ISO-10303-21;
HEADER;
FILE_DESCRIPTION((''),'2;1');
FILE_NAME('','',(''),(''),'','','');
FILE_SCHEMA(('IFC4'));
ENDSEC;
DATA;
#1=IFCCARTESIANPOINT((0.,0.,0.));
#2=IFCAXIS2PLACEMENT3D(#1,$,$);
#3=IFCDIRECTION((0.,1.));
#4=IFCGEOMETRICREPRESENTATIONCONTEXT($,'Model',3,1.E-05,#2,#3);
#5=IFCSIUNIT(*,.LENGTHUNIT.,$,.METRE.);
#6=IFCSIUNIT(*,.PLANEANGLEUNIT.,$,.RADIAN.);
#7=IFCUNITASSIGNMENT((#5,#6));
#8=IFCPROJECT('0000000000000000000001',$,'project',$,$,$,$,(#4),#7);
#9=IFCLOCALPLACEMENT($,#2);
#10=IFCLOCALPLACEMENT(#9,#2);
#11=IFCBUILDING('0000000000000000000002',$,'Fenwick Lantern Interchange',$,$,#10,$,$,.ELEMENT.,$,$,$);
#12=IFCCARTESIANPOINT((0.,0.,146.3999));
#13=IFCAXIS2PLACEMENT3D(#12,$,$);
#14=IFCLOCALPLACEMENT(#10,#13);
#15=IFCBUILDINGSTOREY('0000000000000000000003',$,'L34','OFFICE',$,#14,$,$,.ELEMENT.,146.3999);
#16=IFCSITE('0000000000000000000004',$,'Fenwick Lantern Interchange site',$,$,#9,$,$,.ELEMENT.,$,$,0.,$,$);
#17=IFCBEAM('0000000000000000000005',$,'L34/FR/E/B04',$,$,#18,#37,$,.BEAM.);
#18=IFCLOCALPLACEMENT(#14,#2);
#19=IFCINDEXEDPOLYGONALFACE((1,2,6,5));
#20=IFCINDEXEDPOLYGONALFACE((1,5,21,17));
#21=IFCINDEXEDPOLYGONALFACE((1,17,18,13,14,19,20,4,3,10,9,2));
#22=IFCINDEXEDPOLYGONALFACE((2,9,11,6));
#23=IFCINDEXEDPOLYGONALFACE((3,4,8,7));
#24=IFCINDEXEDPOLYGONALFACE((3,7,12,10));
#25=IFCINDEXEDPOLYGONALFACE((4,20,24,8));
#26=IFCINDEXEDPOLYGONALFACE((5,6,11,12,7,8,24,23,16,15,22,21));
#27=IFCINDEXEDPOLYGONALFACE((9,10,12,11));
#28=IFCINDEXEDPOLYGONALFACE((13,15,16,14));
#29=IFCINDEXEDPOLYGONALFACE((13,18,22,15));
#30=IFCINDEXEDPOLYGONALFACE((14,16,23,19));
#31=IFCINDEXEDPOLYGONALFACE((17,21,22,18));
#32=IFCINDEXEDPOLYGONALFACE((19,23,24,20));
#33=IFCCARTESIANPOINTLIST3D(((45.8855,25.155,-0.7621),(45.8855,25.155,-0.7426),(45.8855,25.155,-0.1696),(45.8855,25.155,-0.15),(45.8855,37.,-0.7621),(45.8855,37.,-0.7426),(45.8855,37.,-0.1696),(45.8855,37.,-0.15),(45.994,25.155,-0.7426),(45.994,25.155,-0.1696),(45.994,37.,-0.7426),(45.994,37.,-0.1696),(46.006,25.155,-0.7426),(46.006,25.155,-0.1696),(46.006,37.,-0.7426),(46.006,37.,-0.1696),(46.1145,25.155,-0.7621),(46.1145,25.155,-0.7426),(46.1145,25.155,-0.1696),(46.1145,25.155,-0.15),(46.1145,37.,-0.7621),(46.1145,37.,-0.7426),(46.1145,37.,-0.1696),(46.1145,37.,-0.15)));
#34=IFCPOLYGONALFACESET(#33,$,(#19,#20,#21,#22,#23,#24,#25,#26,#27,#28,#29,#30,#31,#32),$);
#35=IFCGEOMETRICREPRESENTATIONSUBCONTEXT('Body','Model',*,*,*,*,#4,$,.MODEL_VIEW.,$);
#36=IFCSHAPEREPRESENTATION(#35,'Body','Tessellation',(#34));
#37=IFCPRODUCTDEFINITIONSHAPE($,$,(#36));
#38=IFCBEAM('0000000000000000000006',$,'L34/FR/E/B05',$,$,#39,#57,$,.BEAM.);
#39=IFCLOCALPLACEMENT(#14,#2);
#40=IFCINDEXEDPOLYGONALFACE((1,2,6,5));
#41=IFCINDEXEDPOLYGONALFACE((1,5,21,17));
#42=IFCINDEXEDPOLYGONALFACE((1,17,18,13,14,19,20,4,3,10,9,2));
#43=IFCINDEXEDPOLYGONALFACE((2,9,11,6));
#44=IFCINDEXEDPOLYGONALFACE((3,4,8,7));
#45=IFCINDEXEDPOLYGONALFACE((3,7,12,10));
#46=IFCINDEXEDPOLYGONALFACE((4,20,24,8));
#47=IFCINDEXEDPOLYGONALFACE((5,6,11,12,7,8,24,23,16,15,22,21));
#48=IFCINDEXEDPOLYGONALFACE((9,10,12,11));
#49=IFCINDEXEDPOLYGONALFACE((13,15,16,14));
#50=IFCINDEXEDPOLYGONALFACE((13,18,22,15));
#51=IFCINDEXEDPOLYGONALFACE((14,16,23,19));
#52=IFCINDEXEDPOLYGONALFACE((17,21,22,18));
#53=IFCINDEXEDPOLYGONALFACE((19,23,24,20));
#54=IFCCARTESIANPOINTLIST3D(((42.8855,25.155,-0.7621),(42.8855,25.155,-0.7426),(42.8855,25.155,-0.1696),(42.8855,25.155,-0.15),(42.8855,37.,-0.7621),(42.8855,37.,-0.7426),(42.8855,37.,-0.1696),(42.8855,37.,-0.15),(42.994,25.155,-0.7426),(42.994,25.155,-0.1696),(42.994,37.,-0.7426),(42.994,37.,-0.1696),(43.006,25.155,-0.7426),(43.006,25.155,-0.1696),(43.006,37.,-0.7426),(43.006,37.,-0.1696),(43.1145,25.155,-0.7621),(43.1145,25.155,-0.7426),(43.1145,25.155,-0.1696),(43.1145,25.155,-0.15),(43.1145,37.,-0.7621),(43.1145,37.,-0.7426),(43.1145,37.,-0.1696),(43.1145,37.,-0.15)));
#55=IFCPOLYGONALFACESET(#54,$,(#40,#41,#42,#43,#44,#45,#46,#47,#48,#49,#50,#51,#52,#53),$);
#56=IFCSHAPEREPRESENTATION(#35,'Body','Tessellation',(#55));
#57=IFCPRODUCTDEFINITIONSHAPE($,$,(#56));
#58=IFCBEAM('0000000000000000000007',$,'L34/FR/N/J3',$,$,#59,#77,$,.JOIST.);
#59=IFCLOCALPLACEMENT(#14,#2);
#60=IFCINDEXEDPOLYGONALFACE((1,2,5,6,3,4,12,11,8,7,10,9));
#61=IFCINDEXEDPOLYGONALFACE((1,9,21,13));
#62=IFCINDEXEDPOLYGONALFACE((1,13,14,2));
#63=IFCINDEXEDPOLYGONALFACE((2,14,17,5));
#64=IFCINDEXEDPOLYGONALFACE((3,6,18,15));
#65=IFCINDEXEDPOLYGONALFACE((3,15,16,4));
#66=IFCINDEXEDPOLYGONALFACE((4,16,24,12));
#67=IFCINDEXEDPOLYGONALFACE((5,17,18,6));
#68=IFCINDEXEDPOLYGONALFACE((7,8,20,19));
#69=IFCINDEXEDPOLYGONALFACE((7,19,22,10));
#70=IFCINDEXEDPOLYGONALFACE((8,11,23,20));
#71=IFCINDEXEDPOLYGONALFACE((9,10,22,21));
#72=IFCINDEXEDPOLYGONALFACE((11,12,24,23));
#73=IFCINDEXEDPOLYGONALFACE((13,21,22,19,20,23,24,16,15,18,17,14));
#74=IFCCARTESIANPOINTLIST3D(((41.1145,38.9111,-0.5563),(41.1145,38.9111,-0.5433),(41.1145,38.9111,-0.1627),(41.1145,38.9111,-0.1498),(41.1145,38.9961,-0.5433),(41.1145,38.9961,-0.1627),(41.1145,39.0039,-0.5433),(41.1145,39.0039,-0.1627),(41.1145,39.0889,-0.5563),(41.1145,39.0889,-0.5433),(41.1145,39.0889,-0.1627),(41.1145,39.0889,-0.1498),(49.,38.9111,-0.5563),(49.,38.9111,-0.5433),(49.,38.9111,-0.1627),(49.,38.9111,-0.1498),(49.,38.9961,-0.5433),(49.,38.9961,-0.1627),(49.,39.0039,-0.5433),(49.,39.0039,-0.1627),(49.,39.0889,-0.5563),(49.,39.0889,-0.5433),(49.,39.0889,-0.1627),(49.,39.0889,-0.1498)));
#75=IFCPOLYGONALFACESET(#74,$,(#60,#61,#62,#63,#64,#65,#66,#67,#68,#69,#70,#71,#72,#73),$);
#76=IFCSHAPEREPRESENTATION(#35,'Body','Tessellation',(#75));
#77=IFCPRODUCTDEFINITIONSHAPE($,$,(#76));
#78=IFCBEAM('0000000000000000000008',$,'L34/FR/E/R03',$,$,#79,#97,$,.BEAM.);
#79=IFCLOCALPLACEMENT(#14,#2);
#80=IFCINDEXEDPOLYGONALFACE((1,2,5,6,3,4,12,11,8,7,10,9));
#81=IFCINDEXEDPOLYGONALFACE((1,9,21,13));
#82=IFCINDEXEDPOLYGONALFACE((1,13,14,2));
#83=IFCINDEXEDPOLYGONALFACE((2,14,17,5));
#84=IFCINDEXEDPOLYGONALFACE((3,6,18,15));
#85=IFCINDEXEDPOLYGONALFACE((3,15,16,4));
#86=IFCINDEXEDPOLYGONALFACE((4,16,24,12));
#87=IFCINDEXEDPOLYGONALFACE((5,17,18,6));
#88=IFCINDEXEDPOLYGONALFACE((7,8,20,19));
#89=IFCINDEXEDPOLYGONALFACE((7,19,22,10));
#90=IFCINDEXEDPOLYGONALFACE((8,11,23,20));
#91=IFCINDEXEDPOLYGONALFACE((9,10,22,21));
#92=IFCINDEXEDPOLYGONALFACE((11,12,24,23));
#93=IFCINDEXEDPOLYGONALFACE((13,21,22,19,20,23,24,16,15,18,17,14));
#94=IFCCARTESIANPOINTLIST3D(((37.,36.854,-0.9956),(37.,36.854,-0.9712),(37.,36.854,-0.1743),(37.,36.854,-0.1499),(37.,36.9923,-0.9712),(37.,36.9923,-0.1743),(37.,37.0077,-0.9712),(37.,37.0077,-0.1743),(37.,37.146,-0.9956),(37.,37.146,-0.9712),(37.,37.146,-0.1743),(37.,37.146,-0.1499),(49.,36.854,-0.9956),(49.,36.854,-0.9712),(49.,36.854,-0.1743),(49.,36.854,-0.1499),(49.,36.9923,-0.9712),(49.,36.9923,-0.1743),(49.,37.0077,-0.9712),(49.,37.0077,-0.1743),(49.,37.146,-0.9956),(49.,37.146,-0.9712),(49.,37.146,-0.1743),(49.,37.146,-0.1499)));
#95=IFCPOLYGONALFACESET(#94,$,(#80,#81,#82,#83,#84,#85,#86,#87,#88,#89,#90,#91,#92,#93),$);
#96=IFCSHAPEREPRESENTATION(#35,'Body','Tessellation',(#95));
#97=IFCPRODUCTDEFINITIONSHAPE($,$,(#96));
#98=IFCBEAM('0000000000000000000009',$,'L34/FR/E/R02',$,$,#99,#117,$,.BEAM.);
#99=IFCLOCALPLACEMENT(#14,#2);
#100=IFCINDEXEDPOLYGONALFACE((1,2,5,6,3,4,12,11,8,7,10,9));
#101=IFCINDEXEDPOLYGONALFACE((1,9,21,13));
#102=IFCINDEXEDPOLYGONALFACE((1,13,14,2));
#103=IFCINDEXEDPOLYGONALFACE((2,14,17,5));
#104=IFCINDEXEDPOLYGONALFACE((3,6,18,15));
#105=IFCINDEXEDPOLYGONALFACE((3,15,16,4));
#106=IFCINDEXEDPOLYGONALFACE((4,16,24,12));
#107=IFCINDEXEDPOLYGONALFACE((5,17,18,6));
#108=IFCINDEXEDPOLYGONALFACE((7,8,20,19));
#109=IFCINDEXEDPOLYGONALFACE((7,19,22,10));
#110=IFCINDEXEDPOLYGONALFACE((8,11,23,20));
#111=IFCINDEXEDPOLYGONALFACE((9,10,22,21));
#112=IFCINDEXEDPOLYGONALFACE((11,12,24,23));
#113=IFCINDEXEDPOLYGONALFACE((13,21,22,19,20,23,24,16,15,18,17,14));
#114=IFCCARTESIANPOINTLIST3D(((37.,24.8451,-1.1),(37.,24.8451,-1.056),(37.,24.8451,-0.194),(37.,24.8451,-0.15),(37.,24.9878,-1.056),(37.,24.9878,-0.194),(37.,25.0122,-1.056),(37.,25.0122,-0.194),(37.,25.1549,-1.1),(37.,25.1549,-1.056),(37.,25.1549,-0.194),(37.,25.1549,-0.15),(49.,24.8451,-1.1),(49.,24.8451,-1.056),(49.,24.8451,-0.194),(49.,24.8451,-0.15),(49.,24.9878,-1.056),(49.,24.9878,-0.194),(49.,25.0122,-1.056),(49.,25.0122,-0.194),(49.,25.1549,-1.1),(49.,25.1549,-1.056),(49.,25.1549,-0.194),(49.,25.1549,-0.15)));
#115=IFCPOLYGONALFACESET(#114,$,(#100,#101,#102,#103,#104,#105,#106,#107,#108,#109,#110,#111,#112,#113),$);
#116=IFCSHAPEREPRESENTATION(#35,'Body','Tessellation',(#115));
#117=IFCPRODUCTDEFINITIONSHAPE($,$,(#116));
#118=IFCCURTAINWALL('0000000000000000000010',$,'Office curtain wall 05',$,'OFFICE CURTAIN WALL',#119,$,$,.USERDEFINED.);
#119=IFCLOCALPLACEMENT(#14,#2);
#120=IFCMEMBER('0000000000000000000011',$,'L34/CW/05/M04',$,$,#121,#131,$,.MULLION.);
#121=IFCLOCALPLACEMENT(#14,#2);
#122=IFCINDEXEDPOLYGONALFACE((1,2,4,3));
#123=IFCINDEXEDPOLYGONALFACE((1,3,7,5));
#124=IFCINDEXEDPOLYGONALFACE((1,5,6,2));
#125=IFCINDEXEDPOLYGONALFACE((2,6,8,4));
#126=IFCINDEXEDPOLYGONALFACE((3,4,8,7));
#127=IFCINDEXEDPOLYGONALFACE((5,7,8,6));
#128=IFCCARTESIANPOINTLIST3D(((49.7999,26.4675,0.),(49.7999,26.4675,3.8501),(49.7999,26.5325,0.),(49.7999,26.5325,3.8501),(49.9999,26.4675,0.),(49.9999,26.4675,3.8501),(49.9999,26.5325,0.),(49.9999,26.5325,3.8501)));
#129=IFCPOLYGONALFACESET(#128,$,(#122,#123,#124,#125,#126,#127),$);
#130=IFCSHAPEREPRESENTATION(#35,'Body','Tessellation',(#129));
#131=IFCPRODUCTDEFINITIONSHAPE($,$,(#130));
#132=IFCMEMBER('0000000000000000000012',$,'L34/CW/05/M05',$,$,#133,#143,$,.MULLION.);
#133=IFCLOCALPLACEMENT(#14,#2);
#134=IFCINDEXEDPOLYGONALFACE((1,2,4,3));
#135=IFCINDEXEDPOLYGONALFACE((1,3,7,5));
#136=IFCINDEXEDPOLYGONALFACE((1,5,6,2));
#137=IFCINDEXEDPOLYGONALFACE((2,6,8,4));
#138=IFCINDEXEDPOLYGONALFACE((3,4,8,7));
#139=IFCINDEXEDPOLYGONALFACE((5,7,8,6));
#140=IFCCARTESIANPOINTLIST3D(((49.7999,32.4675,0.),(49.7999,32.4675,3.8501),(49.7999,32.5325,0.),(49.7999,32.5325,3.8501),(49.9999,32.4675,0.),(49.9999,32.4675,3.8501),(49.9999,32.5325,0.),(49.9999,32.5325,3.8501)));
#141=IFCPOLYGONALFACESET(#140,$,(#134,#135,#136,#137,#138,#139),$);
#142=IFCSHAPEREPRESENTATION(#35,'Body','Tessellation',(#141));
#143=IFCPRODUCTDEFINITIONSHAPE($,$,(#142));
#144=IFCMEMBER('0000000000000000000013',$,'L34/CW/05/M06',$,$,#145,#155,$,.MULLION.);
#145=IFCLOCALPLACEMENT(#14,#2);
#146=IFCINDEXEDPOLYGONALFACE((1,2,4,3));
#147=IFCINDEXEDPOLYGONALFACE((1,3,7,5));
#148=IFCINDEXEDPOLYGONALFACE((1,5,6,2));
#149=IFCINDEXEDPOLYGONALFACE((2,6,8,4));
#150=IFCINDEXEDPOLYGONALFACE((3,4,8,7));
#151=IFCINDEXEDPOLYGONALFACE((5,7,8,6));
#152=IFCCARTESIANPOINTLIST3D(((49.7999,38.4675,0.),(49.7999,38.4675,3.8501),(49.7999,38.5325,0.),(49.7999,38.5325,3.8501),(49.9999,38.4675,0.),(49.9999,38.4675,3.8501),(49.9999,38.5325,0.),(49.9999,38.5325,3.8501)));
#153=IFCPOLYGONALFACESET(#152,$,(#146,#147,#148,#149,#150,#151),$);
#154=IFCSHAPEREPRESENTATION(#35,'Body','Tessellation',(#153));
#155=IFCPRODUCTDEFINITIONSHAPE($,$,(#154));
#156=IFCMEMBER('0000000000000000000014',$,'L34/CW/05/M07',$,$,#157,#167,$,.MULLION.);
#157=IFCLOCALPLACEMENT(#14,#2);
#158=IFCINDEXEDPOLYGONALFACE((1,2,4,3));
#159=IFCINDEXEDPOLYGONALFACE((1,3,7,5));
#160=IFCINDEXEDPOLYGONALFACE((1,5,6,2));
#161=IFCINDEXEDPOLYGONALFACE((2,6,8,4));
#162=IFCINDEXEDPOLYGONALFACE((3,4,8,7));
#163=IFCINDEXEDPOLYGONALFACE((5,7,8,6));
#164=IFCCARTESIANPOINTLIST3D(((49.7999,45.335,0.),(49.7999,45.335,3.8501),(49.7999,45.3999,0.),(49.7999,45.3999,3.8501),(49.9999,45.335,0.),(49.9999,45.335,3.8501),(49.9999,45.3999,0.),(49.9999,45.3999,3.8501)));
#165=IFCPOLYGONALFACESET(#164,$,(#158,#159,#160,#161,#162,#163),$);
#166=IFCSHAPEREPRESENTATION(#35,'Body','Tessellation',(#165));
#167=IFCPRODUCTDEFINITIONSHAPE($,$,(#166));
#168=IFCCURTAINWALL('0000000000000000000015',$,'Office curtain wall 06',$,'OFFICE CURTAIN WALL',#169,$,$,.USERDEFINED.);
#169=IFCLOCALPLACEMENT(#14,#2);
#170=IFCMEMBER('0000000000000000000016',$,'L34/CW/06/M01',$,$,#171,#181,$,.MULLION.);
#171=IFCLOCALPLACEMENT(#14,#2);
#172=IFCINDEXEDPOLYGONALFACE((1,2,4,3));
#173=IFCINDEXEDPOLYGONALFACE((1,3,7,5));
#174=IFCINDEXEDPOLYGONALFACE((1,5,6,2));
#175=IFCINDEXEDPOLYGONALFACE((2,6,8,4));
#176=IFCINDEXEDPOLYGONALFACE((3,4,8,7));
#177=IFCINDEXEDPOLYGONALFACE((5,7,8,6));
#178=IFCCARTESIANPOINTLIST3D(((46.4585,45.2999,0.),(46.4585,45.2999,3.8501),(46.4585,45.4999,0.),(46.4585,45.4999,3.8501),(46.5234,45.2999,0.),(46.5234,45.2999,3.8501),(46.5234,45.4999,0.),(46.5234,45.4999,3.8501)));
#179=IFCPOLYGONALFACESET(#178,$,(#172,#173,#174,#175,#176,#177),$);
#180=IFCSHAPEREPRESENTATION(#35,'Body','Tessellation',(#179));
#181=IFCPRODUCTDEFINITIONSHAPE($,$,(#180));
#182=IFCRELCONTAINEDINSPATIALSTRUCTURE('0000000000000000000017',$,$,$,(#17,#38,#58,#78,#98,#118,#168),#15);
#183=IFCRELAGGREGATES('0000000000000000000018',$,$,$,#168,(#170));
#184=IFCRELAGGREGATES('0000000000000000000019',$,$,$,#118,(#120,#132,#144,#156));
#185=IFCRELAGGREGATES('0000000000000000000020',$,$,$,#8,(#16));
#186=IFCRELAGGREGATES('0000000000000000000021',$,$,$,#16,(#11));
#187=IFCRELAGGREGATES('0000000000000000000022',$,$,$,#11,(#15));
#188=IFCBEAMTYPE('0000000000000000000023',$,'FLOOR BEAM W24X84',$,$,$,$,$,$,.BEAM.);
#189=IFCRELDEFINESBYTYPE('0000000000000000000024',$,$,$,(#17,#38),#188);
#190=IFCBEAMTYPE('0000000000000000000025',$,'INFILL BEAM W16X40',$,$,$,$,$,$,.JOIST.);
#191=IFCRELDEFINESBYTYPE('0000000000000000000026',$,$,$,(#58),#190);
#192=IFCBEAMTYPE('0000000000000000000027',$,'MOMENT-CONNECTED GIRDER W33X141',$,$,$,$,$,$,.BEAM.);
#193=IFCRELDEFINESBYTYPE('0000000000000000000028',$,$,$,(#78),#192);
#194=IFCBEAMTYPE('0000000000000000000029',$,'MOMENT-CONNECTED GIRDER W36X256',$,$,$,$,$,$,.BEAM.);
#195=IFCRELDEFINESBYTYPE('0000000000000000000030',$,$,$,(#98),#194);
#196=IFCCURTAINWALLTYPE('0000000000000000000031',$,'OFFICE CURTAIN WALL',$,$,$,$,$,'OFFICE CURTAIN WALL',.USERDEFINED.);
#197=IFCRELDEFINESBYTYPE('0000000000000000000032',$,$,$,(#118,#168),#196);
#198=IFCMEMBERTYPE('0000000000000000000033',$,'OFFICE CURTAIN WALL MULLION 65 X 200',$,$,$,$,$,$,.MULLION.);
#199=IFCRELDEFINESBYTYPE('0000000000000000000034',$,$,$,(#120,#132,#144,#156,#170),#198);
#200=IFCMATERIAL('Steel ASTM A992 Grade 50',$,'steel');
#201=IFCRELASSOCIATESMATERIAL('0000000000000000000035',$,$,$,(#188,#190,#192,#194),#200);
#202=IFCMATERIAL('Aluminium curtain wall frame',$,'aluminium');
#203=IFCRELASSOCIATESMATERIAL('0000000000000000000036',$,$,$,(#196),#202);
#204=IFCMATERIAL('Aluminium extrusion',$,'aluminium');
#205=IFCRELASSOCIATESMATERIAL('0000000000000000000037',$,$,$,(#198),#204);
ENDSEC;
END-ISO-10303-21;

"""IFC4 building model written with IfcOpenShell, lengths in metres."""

from ifc_helpers import new_model, si_unit, direction, frame, origin, origin_2d, place, context, subcontext, project, spatial, rectangle, i_section, extrude, material, material_profile, profile_set, type_object, element, aggregate, save


model = new_model("IFC4")

# Units and contexts
model_context = context("Model", 3, precision=1e-05, world=origin(), true_north=direction((0.0, 1.0)))
body_context = subcontext(model_context, "Body", "Model", "MODEL_VIEW")
ifc_project = project(units=[si_unit("LENGTHUNIT", "METRE"), si_unit("PLANEANGLEUNIT", "RADIAN")], contexts=[model_context])

# Site, building, storey
site_placement = place(None, origin())
site = spatial("IfcSite", under=ifc_project, at=site_placement, Name="Fenwick Lantern Interchange site", CompositionType="ELEMENT", RefElevation=0.0)
building_placement = place(site_placement, origin())
building = spatial("IfcBuilding", under=site, at=building_placement, Name="Fenwick Lantern Interchange", CompositionType="ELEMENT")
storey_placement = place(building_placement, frame((0.0, 0.0, 146.3999)))
storey = spatial("IfcBuildingStorey", under=building, at=storey_placement, Name="L34", Description="OFFICE", CompositionType="ELEMENT", Elevation=146.3999)

# Shared definitions
ifc_material_1 = material(Name="Steel ASTM A992 Grade 50", Category="steel")

# Beams
ifc_material_profile_1 = material_profile(ifc_material_1, i_section(OverallWidth=0.229, OverallDepth=0.6121, WebThickness=0.012, FlangeThickness=0.0195, at=origin_2d()), Name="W24X84")
ifc_profile_set_1 = profile_set([ifc_material_profile_1], Name="Steel ASTM A992 Grade 50")
beam_type_1 = type_object("IfcBeamType", Name="FLOOR BEAM W24X84", PredefinedType="BEAM", material=ifc_profile_set_1)
for number, where, z_axis, x_axis, name in (
    (1, (46.0, 25.155, -0.4561), (0.0, 1.0, 0.0), (-1.0, 0.0, 0.0), "L34/FR/E/B04"),
    (2, (43.0, 25.155, -0.4561), (0.0, 1.0, 0.0), (-1.0, 0.0, 0.0), "L34/FR/E/B05"),
):
    element("IfcBeam", number, at=place(storey_placement, frame(where, z_axis=z_axis, x_axis=x_axis)), inside=storey, type_object=beam_type_1, Name=name, PredefinedType="BEAM", context=body_context, shape_type="SweptSolid", body=[
        extrude(i_section(OverallWidth=0.229, OverallDepth=0.6121, WebThickness=0.012, FlangeThickness=0.0195, at=origin_2d()), origin(), (0.0, 0.0, 1.0), 11.845),
    ])
ifc_material_profile_2 = material_profile(ifc_material_1, i_section(OverallWidth=0.1777, OverallDepth=0.4065, WebThickness=0.0078, FlangeThickness=0.0129, at=origin_2d()), Name="W16X40")
ifc_profile_set_2 = profile_set([ifc_material_profile_2], Name="Steel ASTM A992 Grade 50")
beam_type_2 = type_object("IfcBeamType", Name="INFILL BEAM W16X40", PredefinedType="JOIST", material=ifc_profile_set_2)
beam_1_placement = place(storey_placement, frame((49.0, 39.0, -0.353), z_axis=(-1.0, 0.0, 0.0), x_axis=(0.0, -1.0, 0.0)))
element("IfcBeam", 3, at=beam_1_placement, inside=storey, type_object=beam_type_2, Name="L34/FR/N/J3", PredefinedType="JOIST", context=body_context, shape_type="SweptSolid", body=[
    extrude(i_section(OverallWidth=0.1777, OverallDepth=0.4065, WebThickness=0.0078, FlangeThickness=0.0129, at=origin_2d()), origin(), (0.0, 0.0, 1.0), 7.8855),
])
ifc_material_profile_3 = material_profile(ifc_material_1, i_section(OverallWidth=0.292, OverallDepth=0.8457, WebThickness=0.0154, FlangeThickness=0.0244, at=origin_2d()), Name="W33X141")
ifc_profile_set_3 = profile_set([ifc_material_profile_3], Name="Steel ASTM A992 Grade 50")
beam_type_3 = type_object("IfcBeamType", Name="MOMENT-CONNECTED GIRDER W33X141", PredefinedType="BEAM", material=ifc_profile_set_3)
beam_2_placement = place(storey_placement, frame((49.0, 37.0, -0.5728), z_axis=(-1.0, 0.0, 0.0), x_axis=(0.0, -1.0, 0.0)))
element("IfcBeam", 4, at=beam_2_placement, inside=storey, type_object=beam_type_3, Name="L34/FR/E/R03", PredefinedType="BEAM", context=body_context, shape_type="SweptSolid", body=[
    extrude(i_section(OverallWidth=0.292, OverallDepth=0.8457, WebThickness=0.0154, FlangeThickness=0.0244, at=origin_2d()), origin(), (0.0, 0.0, 1.0), 12.0),
])
ifc_material_profile_4 = material_profile(ifc_material_1, i_section(OverallWidth=0.3098, OverallDepth=0.95, WebThickness=0.0244, FlangeThickness=0.0439, at=origin_2d()), Name="W36X256")
ifc_profile_set_4 = profile_set([ifc_material_profile_4], Name="Steel ASTM A992 Grade 50")
beam_type_4 = type_object("IfcBeamType", Name="MOMENT-CONNECTED GIRDER W36X256", PredefinedType="BEAM", material=ifc_profile_set_4)
beam_3_placement = place(storey_placement, frame((49.0, 25.0, -0.625), z_axis=(-1.0, 0.0, 0.0), x_axis=(0.0, -1.0, 0.0)))
element("IfcBeam", 5, at=beam_3_placement, inside=storey, type_object=beam_type_4, Name="L34/FR/E/R02", PredefinedType="BEAM", context=body_context, shape_type="SweptSolid", body=[
    extrude(i_section(OverallWidth=0.3098, OverallDepth=0.95, WebThickness=0.0244, FlangeThickness=0.0439, at=origin_2d()), origin(), (0.0, 0.0, 1.0), 12.0),
])

# Curtain wall, members
ifc_material_2 = material(Name="Aluminium curtain wall frame", Category="aluminium")
curtain_wall_type = type_object("IfcCurtainWallType", Name="OFFICE CURTAIN WALL", ElementType="OFFICE CURTAIN WALL", PredefinedType="USERDEFINED", material=ifc_material_2)
curtain_wall_1_placement = place(storey_placement, origin())
curtain_wall_1 = element("IfcCurtainWall", 6, at=curtain_wall_1_placement, inside=storey, type_object=curtain_wall_type, Name="Office curtain wall 05", ObjectType="OFFICE CURTAIN WALL", PredefinedType="USERDEFINED")
ifc_material_3 = material(Name="Aluminium extrusion", Category="aluminium")
ifc_material_profile_5 = material_profile(ifc_material_3, rectangle(XDim=0.2, YDim=0.0649, at=origin_2d()), Name="OFFICE CURTAIN WALL MULLION 65 X 200")
ifc_profile_set_5 = profile_set([ifc_material_profile_5], Name="Aluminium extrusion")
member_type_1 = type_object("IfcMemberType", Name="OFFICE CURTAIN WALL MULLION 65 X 200", PredefinedType="MULLION", material=ifc_profile_set_5)
member_1_placement = place(storey_placement, frame((49.8999, 26.5, 0.0), z_axis=(0.0, 0.0, 1.0), x_axis=(-1.0, 0.0, 0.0)))
member_1 = element("IfcMember", 7, at=member_1_placement, type_object=member_type_1, Name="L34/CW/05/M04", PredefinedType="MULLION", context=body_context, shape_type="SweptSolid", body=[
    extrude(rectangle(XDim=0.2, YDim=0.0649, at=origin_2d()), origin(), (0.0, 0.0, 1.0), 3.8501),
])
member_2_placement = place(storey_placement, frame((49.8999, 32.5, 0.0), z_axis=(0.0, 0.0, 1.0), x_axis=(-1.0, 0.0, 0.0)))
member_2 = element("IfcMember", 8, at=member_2_placement, type_object=member_type_1, Name="L34/CW/05/M05", PredefinedType="MULLION", context=body_context, shape_type="SweptSolid", body=[
    extrude(rectangle(XDim=0.2, YDim=0.0649, at=origin_2d()), origin(), (0.0, 0.0, 1.0), 3.8501),
])
member_3_placement = place(storey_placement, frame((49.8999, 38.5, 0.0), z_axis=(0.0, 0.0, 1.0), x_axis=(-1.0, 0.0, 0.0)))
member_3 = element("IfcMember", 9, at=member_3_placement, type_object=member_type_1, Name="L34/CW/05/M06", PredefinedType="MULLION", context=body_context, shape_type="SweptSolid", body=[
    extrude(rectangle(XDim=0.2, YDim=0.0649, at=origin_2d()), origin(), (0.0, 0.0, 1.0), 3.8501),
])
member_4_placement = place(storey_placement, frame((49.8999, 45.3674, 0.0), z_axis=(0.0, 0.0, 1.0), x_axis=(-1.0, 0.0, 0.0)))
member_4 = element("IfcMember", 10, at=member_4_placement, type_object=member_type_1, Name="L34/CW/05/M07", PredefinedType="MULLION", context=body_context, shape_type="SweptSolid", body=[
    extrude(rectangle(XDim=0.2, YDim=0.0649, at=origin_2d()), origin(), (0.0, 0.0, 1.0), 3.8501),
])

# Curtain wall, member
curtain_wall_2_placement = place(storey_placement, origin())
curtain_wall_2 = element("IfcCurtainWall", 11, at=curtain_wall_2_placement, inside=storey, type_object=curtain_wall_type, Name="Office curtain wall 06", ObjectType="OFFICE CURTAIN WALL", PredefinedType="USERDEFINED")
member_5_placement = place(storey_placement, frame((46.491, 45.3999, 0.0), z_axis=(0.0, 0.0, 1.0), x_axis=(0.0, -1.0, 0.0)))
member_5 = element("IfcMember", 12, at=member_5_placement, type_object=member_type_1, Name="L34/CW/06/M01", PredefinedType="MULLION", context=body_context, shape_type="SweptSolid", body=[
    extrude(rectangle(XDim=0.2, YDim=0.0649, at=origin_2d()), origin(), (0.0, 0.0, 1.0), 3.8501),
])
aggregate(curtain_wall_2, [member_5])

aggregate(curtain_wall_1, [member_1, member_2, member_3, member_4])

save(model, "model.ifc")
